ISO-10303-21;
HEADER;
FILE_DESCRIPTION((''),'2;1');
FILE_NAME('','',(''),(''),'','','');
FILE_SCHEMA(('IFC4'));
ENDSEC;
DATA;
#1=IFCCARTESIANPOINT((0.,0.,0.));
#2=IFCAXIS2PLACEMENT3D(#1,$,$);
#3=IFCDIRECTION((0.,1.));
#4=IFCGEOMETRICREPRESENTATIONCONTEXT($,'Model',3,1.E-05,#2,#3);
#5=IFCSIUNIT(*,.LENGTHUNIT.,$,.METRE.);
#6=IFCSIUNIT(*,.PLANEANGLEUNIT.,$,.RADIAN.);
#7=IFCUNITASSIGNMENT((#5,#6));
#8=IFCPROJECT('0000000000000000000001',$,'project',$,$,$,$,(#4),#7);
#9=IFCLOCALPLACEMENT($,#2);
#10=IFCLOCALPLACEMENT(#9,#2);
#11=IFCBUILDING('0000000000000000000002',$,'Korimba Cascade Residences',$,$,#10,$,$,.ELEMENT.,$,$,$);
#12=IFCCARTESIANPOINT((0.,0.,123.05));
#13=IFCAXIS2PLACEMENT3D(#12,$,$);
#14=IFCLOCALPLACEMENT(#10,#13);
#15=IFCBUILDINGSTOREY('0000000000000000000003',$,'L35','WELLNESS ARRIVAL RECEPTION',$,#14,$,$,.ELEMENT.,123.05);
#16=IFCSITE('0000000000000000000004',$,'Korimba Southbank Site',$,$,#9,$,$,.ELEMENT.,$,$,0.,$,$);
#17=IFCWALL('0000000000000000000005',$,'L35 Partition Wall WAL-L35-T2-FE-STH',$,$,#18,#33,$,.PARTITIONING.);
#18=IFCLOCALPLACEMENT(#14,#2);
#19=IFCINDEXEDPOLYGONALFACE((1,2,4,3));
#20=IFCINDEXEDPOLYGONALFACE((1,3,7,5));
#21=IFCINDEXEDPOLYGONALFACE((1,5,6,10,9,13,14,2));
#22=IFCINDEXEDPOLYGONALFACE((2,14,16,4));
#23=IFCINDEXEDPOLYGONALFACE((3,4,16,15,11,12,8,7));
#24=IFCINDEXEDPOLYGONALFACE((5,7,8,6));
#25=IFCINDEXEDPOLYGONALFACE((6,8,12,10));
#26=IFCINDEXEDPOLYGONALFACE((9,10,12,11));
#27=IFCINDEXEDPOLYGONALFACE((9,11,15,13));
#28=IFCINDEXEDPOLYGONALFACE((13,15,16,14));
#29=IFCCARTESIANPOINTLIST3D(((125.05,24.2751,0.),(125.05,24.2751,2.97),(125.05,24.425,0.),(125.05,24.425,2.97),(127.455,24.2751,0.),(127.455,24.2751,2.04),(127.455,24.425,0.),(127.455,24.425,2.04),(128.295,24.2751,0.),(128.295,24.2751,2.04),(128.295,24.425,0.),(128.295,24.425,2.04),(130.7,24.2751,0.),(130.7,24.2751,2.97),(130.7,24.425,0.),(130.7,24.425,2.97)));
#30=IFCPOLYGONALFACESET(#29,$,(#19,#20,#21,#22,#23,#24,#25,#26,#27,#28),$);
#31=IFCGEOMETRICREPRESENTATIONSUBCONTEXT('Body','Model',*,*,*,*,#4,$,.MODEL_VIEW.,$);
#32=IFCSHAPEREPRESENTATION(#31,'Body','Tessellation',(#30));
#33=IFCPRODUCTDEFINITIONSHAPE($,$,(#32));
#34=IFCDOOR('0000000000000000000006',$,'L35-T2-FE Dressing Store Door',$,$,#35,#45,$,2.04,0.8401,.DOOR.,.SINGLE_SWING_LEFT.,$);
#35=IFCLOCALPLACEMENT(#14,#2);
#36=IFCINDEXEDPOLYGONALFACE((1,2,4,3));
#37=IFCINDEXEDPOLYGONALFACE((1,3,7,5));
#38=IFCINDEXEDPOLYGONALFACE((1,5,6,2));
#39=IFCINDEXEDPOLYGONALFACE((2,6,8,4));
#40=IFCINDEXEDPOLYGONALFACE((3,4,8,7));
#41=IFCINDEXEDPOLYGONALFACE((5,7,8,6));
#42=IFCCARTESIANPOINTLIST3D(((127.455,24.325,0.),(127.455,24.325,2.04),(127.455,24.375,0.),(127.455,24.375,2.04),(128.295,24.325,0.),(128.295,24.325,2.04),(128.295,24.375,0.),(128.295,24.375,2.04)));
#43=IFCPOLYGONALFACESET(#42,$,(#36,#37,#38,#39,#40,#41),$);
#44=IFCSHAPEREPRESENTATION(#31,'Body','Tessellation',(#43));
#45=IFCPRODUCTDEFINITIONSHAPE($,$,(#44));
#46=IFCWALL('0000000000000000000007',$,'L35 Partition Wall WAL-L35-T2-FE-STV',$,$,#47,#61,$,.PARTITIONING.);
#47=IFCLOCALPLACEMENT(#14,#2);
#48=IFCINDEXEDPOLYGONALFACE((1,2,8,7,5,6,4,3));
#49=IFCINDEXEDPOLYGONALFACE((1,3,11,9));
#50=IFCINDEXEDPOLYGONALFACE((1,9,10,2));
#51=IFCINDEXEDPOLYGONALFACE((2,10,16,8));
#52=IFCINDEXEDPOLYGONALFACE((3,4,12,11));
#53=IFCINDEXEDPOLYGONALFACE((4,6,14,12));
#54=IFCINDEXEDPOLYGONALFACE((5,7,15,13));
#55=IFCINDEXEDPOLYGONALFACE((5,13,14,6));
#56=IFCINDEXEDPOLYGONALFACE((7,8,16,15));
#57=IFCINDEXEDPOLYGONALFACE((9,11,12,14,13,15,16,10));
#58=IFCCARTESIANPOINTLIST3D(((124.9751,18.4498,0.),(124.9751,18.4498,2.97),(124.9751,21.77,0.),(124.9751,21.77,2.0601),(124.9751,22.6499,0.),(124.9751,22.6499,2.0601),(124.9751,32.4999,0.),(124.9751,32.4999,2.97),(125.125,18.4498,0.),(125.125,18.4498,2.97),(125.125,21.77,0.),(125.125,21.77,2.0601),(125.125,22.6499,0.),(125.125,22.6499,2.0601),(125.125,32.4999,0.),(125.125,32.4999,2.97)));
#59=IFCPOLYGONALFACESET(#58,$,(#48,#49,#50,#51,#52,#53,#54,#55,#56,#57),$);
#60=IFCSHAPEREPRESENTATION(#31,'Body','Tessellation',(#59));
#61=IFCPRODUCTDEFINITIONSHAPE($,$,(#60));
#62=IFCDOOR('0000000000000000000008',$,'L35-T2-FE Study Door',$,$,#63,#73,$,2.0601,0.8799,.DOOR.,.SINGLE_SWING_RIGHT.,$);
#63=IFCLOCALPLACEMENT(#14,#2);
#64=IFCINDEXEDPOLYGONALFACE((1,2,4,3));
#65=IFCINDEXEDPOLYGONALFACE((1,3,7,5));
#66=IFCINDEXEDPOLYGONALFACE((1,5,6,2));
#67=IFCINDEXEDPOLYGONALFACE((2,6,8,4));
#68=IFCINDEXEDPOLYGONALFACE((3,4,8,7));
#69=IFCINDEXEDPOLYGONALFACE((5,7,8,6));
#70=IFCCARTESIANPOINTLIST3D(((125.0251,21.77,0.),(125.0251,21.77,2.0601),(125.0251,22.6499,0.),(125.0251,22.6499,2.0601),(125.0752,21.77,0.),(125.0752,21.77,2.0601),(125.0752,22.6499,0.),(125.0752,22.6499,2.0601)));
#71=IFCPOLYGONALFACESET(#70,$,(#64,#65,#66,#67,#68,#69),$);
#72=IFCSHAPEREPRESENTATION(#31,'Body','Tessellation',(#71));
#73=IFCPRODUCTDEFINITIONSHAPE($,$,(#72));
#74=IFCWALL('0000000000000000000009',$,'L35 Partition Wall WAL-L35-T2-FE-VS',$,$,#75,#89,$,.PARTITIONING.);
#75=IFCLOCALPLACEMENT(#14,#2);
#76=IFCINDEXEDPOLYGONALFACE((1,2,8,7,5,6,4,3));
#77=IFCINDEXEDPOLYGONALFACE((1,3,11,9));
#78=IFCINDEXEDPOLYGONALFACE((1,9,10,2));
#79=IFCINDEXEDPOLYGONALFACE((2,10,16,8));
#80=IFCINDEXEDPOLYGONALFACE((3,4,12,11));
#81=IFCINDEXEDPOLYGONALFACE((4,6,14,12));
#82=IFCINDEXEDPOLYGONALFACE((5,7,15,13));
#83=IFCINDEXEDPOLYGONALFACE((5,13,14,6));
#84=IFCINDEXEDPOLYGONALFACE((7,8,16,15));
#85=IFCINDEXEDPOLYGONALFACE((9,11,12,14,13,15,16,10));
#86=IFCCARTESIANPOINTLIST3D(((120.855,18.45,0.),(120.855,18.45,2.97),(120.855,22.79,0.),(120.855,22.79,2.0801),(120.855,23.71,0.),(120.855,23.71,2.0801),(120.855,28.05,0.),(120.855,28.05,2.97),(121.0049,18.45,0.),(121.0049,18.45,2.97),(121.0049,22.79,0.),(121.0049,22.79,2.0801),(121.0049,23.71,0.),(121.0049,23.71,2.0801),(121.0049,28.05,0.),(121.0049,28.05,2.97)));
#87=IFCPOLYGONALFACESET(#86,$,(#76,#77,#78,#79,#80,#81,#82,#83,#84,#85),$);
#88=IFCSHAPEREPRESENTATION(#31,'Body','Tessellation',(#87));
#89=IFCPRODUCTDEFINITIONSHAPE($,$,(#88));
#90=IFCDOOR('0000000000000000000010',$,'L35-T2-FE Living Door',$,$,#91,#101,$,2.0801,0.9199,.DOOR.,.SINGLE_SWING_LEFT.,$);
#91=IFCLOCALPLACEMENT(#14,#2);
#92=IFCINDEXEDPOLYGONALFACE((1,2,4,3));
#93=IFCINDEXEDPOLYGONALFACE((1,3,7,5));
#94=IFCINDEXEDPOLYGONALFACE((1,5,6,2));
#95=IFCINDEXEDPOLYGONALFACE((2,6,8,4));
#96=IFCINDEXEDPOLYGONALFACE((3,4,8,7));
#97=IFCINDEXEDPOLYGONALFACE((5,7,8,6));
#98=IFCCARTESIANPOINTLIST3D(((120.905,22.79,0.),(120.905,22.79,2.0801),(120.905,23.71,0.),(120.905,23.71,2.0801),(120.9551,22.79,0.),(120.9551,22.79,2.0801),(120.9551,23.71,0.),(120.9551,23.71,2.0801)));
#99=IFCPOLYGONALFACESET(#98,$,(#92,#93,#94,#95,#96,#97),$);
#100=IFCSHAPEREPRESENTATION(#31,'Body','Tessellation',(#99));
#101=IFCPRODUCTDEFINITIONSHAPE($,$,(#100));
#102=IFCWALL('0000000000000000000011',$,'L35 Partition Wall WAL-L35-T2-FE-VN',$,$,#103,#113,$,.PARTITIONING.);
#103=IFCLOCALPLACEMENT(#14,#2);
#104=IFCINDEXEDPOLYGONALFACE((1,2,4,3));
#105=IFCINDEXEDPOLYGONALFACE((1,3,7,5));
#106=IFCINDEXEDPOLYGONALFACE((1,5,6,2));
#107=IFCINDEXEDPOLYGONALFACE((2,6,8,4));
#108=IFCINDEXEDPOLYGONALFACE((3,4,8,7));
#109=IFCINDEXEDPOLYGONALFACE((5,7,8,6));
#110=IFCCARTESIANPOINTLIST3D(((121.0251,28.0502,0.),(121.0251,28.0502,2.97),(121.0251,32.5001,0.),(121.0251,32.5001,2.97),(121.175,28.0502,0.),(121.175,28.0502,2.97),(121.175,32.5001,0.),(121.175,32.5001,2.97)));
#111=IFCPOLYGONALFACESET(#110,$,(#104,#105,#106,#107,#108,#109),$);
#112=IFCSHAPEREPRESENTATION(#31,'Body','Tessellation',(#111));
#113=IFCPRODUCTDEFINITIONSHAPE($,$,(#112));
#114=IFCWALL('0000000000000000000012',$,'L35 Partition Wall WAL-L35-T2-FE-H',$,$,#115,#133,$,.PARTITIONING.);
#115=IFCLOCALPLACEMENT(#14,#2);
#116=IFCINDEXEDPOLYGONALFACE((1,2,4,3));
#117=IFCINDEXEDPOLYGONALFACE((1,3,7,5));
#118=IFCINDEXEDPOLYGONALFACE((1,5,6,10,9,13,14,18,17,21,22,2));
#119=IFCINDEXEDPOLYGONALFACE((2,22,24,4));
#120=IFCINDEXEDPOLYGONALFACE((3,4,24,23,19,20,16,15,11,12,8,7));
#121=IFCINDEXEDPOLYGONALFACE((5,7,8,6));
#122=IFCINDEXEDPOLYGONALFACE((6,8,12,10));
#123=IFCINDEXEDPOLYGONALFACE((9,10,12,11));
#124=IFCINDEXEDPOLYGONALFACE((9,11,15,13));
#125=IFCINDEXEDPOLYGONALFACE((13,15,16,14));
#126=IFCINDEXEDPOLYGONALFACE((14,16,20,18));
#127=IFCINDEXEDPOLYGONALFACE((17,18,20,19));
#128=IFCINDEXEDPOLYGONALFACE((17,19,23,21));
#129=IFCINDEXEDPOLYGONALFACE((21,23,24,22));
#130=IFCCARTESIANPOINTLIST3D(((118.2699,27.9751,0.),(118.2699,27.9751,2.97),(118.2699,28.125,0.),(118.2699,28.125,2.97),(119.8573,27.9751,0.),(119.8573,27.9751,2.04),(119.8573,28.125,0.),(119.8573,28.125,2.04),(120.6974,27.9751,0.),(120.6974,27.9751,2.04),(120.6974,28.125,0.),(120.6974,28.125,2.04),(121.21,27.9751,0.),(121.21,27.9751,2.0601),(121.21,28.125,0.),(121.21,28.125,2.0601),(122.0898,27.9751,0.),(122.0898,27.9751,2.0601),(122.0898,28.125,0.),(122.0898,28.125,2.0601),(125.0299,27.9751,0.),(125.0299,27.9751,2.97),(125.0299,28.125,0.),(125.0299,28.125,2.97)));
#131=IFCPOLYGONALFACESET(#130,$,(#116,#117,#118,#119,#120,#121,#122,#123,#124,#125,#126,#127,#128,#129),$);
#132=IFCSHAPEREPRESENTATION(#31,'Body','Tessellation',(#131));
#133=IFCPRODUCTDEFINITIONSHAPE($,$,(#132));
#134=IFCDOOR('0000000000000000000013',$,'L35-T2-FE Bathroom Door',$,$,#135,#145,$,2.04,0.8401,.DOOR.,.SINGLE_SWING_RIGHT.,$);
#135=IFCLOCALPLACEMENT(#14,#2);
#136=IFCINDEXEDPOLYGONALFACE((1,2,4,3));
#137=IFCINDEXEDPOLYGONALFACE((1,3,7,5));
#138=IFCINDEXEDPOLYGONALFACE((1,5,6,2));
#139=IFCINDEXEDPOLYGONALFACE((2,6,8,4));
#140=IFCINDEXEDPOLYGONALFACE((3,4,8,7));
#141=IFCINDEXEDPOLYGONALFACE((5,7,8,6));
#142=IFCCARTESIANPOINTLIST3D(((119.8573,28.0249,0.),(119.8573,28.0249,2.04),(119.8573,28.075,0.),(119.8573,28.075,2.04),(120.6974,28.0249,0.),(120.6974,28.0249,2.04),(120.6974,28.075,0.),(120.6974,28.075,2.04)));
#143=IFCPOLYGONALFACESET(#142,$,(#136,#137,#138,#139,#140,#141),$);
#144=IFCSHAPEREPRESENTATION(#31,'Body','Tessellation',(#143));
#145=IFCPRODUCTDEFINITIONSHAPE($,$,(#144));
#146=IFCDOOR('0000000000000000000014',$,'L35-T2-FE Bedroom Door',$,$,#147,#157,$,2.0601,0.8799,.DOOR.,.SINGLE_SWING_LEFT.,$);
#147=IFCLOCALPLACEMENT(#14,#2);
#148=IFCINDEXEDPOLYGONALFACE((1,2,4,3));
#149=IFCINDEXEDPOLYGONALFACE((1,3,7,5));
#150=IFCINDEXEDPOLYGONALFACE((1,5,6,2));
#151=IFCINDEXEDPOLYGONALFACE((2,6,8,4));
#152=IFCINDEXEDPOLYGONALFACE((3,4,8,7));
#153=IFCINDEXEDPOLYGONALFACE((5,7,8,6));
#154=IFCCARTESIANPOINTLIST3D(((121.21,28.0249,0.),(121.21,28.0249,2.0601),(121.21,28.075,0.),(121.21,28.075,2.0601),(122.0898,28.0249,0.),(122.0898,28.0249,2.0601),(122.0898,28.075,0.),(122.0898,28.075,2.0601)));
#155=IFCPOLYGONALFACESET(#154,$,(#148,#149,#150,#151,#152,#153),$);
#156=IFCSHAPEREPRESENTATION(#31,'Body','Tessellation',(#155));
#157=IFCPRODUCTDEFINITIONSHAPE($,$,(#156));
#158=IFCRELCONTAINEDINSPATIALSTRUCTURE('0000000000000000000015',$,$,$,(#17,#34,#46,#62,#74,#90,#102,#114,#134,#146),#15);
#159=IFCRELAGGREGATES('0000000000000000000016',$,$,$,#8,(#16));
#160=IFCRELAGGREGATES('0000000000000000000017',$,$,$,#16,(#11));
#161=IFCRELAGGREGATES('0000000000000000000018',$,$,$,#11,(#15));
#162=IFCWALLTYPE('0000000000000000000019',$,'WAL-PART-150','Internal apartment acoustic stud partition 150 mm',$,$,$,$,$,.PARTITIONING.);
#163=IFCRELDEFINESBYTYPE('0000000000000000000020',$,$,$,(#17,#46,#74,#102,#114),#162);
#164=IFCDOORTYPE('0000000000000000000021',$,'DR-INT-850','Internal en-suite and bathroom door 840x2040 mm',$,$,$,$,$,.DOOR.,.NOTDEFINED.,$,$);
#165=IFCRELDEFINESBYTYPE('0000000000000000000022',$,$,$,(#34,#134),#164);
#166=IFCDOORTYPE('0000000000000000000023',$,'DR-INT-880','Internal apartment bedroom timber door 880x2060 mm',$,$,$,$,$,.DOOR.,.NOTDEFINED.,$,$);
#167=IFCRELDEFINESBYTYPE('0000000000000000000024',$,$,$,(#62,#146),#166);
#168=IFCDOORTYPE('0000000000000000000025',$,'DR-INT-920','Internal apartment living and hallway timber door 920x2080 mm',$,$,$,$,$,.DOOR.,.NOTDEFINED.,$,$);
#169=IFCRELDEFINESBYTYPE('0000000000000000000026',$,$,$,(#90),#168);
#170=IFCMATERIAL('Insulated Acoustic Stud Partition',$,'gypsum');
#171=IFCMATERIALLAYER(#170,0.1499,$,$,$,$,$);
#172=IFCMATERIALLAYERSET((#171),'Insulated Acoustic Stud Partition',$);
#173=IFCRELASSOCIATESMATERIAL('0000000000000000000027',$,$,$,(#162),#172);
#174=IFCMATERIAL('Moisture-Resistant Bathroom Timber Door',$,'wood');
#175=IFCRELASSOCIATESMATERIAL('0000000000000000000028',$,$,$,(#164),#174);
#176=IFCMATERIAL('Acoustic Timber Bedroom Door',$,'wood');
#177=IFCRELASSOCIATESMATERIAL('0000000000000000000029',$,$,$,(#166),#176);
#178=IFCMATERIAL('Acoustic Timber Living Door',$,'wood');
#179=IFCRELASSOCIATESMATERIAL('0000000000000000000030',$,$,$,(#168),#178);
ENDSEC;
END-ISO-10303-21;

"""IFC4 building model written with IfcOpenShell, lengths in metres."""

from ifc_helpers import new_model, si_unit, direction, frame, frame_2d, origin, place, context, subcontext, project, spatial, rectangle, extrude, material, layer, layer_set, type_object, element, fill, save


model = new_model("IFC4")

# Units and contexts
model_context = context("Model", 3, precision=1e-05, world=origin(), true_north=direction((0.0, 1.0)))
body_context = subcontext(model_context, "Body", "Model", "MODEL_VIEW")
ifc_project = project(units=[si_unit("LENGTHUNIT", "METRE"), si_unit("PLANEANGLEUNIT", "RADIAN")], contexts=[model_context])

# Site, building, storey
site_placement = place(None, origin())
site = spatial("IfcSite", under=ifc_project, at=site_placement, Name="Korimba Southbank Site", CompositionType="ELEMENT", RefElevation=0.0)
building_placement = place(site_placement, origin())
building = spatial("IfcBuilding", under=site, at=building_placement, Name="Korimba Cascade Residences", CompositionType="ELEMENT")
storey_placement = place(building_placement, frame((0.0, 0.0, 123.05)))
storey = spatial("IfcBuildingStorey", under=building, at=storey_placement, Name="L35", Description="WELLNESS ARRIVAL RECEPTION", CompositionType="ELEMENT", Elevation=123.05)

# Walls, openings, doors
ifc_material_1 = material(Name="Insulated Acoustic Stud Partition", Category="gypsum")
ifc_layer_1 = layer(ifc_material_1, 0.1499)
ifc_layer_set_1 = layer_set([ifc_layer_1], Name="Insulated Acoustic Stud Partition")
wall_type_1 = type_object("IfcWallType", Name="WAL-PART-150", Description="Internal apartment acoustic stud partition 150 mm", PredefinedType="PARTITIONING", material=ifc_layer_set_1)
wall_1_placement = place(storey_placement, frame((125.05, 24.3501, 0.0), z_axis=(0.0, 0.0, 1.0), x_axis=(1.0, 0.0, 0.0)))
wall_1 = element("IfcWall", 1, at=wall_1_placement, inside=storey, type_object=wall_type_1, Name="L35 Partition Wall WAL-L35-T2-FE-STH", PredefinedType="PARTITIONING", context=body_context, shape_type="SweptSolid", body=[
    extrude(rectangle(XDim=5.6499, YDim=0.1499, at=frame_2d((2.825, 0.0))), origin(), (0.0, 0.0, 1.0), 2.97),
])
opening_1_placement = place(wall_1_placement, frame((2.405, 0.0, 0.0)))
opening_1 = element("IfcOpeningElement", 2, at=opening_1_placement, cuts=wall_1, PredefinedType="OPENING", context=body_context, shape_type="SweptSolid", body=[
    extrude(rectangle(XDim=0.8401, YDim=2.04, at=frame_2d((0.4199, 1.02))), frame((0.0, 0.085, 0.0), z_axis=(0.0, -1.0, 0.0), x_axis=(1.0, 0.0, 0.0)), (0.0, 0.0, 1.0), 0.1699),
])
ifc_material_2 = material(Name="Moisture-Resistant Bathroom Timber Door", Category="wood")
door_type_1 = type_object("IfcDoorType", Name="DR-INT-850", Description="Internal en-suite and bathroom door 840x2040 mm", OperationType="NOTDEFINED", PredefinedType="DOOR", material=ifc_material_2)
door_1_placement = place(opening_1_placement, origin())
door_1 = element("IfcDoor", 3, at=door_1_placement, inside=storey, type_object=door_type_1, Name="L35-T2-FE Dressing Store Door", OperationType="SINGLE_SWING_LEFT", OverallHeight=2.04, OverallWidth=0.8401, PredefinedType="DOOR", context=body_context, shape_type="SweptSolid", body=[
    extrude(rectangle(XDim=0.8401, YDim=2.04, at=frame_2d((0.4199, 1.02))), frame((0.0, 0.0249, 0.0), z_axis=(0.0, -1.0, 0.0), x_axis=(1.0, 0.0, 0.0)), (0.0, 0.0, 1.0), 0.05),
])
fill(opening_1, door_1)
wall_2_placement = place(storey_placement, frame((125.05, 18.45, 0.0), z_axis=(0.0, 0.0, 1.0), x_axis=(0.0, 1.0, 0.0)))
wall_2 = element("IfcWall", 4, at=wall_2_placement, inside=storey, type_object=wall_type_1, Name="L35 Partition Wall WAL-L35-T2-FE-STV", PredefinedType="PARTITIONING", context=body_context, shape_type="SweptSolid", body=[
    extrude(rectangle(XDim=14.05, YDim=0.1499, at=frame_2d((7.0249, 0.0))), origin(), (0.0, 0.0, 1.0), 2.97),
])
opening_2_placement = place(wall_2_placement, frame((3.3201, 0.0, 0.0)))
opening_2 = element("IfcOpeningElement", 5, at=opening_2_placement, cuts=wall_2, PredefinedType="OPENING", context=body_context, shape_type="SweptSolid", body=[
    extrude(rectangle(XDim=0.8799, YDim=2.0601, at=frame_2d((0.4399, 1.03))), frame((0.0, 0.085, 0.0), z_axis=(0.0, -1.0, 0.0), x_axis=(1.0, 0.0, 0.0)), (0.0, 0.0, 1.0), 0.1699),
])
ifc_material_3 = material(Name="Acoustic Timber Bedroom Door", Category="wood")
door_type_2 = type_object("IfcDoorType", Name="DR-INT-880", Description="Internal apartment bedroom timber door 880x2060 mm", OperationType="NOTDEFINED", PredefinedType="DOOR", material=ifc_material_3)
door_2_placement = place(opening_2_placement, origin())
door_2 = element("IfcDoor", 6, at=door_2_placement, inside=storey, type_object=door_type_2, Name="L35-T2-FE Study Door", OperationType="SINGLE_SWING_RIGHT", OverallHeight=2.0601, OverallWidth=0.8799, PredefinedType="DOOR", context=body_context, shape_type="SweptSolid", body=[
    extrude(rectangle(XDim=0.8799, YDim=2.0601, at=frame_2d((0.4399, 1.03))), frame((0.0, 0.0249, 0.0), z_axis=(0.0, -1.0, 0.0), x_axis=(1.0, 0.0, 0.0)), (0.0, 0.0, 1.0), 0.05),
])
fill(opening_2, door_2)
wall_3_placement = place(storey_placement, frame((120.9299, 18.45, 0.0), z_axis=(0.0, 0.0, 1.0), x_axis=(0.0, 1.0, 0.0)))
wall_3 = element("IfcWall", 7, at=wall_3_placement, inside=storey, type_object=wall_type_1, Name="L35 Partition Wall WAL-L35-T2-FE-VS", PredefinedType="PARTITIONING", context=body_context, shape_type="SweptSolid", body=[
    extrude(rectangle(XDim=9.6001, YDim=0.1499, at=frame_2d((4.8, 0.0))), origin(), (0.0, 0.0, 1.0), 2.97),
])
opening_3_placement = place(wall_3_placement, frame((4.3401, 0.0, 0.0)))
opening_3 = element("IfcOpeningElement", 8, at=opening_3_placement, cuts=wall_3, PredefinedType="OPENING", context=body_context, shape_type="SweptSolid", body=[
    extrude(rectangle(XDim=0.9199, YDim=2.0801, at=frame_2d((0.46, 1.04))), frame((0.0, 0.085, 0.0), z_axis=(0.0, -1.0, 0.0), x_axis=(1.0, 0.0, 0.0)), (0.0, 0.0, 1.0), 0.1699),
])
ifc_material_4 = material(Name="Acoustic Timber Living Door", Category="wood")
door_type_3 = type_object("IfcDoorType", Name="DR-INT-920", Description="Internal apartment living and hallway timber door 920x2080 mm", OperationType="NOTDEFINED", PredefinedType="DOOR", material=ifc_material_4)
door_3_placement = place(opening_3_placement, origin())
door_3 = element("IfcDoor", 9, at=door_3_placement, inside=storey, type_object=door_type_3, Name="L35-T2-FE Living Door", OperationType="SINGLE_SWING_LEFT", OverallHeight=2.0801, OverallWidth=0.9199, PredefinedType="DOOR", context=body_context, shape_type="SweptSolid", body=[
    extrude(rectangle(XDim=0.9199, YDim=2.0801, at=frame_2d((0.46, 1.04))), frame((0.0, 0.0249, 0.0), z_axis=(0.0, -1.0, 0.0), x_axis=(1.0, 0.0, 0.0)), (0.0, 0.0, 1.0), 0.05),
])
fill(opening_3, door_3)

# Wall
wall_4_placement = place(storey_placement, frame((121.1001, 28.05, 0.0), z_axis=(0.0, 0.0, 1.0), x_axis=(0.0, 1.0, 0.0)))
element("IfcWall", 10, at=wall_4_placement, inside=storey, type_object=wall_type_1, Name="L35 Partition Wall WAL-L35-T2-FE-VN", PredefinedType="PARTITIONING", context=body_context, shape_type="SweptSolid", body=[
    extrude(rectangle(XDim=4.45, YDim=0.1499, at=frame_2d((2.2251, 0.0))), origin(), (0.0, 0.0, 1.0), 2.97),
])

# Wall, openings, doors
wall_5_placement = place(storey_placement, frame((118.27, 28.05, 0.0), z_axis=(0.0, 0.0, 1.0), x_axis=(1.0, 0.0, 0.0)))
wall_5 = element("IfcWall", 11, at=wall_5_placement, inside=storey, type_object=wall_type_1, Name="L35 Partition Wall WAL-L35-T2-FE-H", PredefinedType="PARTITIONING", context=body_context, shape_type="SweptSolid", body=[
    extrude(rectangle(XDim=6.76, YDim=0.1499, at=frame_2d((3.3799, 0.0))), origin(), (0.0, 0.0, 1.0), 2.97),
])
opening_4_placement = place(wall_5_placement, frame((1.5874, 0.0, 0.0)))
opening_4 = element("IfcOpeningElement", 12, at=opening_4_placement, cuts=wall_5, PredefinedType="OPENING", context=body_context, shape_type="SweptSolid", body=[
    extrude(rectangle(XDim=0.8401, YDim=2.04, at=frame_2d((0.4199, 1.02))), frame((0.0, 0.085, 0.0), z_axis=(0.0, -1.0, 0.0), x_axis=(1.0, 0.0, 0.0)), (0.0, 0.0, 1.0), 0.1699),
])
opening_5_placement = place(wall_5_placement, frame((2.9399, 0.0, 0.0)))
opening_5 = element("IfcOpeningElement", 13, at=opening_5_placement, cuts=wall_5, PredefinedType="OPENING", context=body_context, shape_type="SweptSolid", body=[
    extrude(rectangle(XDim=0.8799, YDim=2.0601, at=frame_2d((0.4399, 1.03))), frame((0.0, 0.085, 0.0), z_axis=(0.0, -1.0, 0.0), x_axis=(1.0, 0.0, 0.0)), (0.0, 0.0, 1.0), 0.1699),
])
door_4_placement = place(opening_4_placement, origin())
door_4 = element("IfcDoor", 14, at=door_4_placement, inside=storey, type_object=door_type_1, Name="L35-T2-FE Bathroom Door", OperationType="SINGLE_SWING_RIGHT", OverallHeight=2.04, OverallWidth=0.8401, PredefinedType="DOOR", context=body_context, shape_type="SweptSolid", body=[
    extrude(rectangle(XDim=0.8401, YDim=2.04, at=frame_2d((0.4199, 1.02))), frame((0.0, 0.0249, 0.0), z_axis=(0.0, -1.0, 0.0), x_axis=(1.0, 0.0, 0.0)), (0.0, 0.0, 1.0), 0.05),
])
fill(opening_4, door_4)
door_5_placement = place(opening_5_placement, origin())
door_5 = element("IfcDoor", 15, at=door_5_placement, inside=storey, type_object=door_type_2, Name="L35-T2-FE Bedroom Door", OperationType="SINGLE_SWING_LEFT", OverallHeight=2.0601, OverallWidth=0.8799, PredefinedType="DOOR", context=body_context, shape_type="SweptSolid", body=[
    extrude(rectangle(XDim=0.8799, YDim=2.0601, at=frame_2d((0.4399, 1.03))), frame((0.0, 0.0249, 0.0), z_axis=(0.0, -1.0, 0.0), x_axis=(1.0, 0.0, 0.0)), (0.0, 0.0, 1.0), 0.05),
])
fill(opening_5, door_5)

save(model, "model.ifc")
